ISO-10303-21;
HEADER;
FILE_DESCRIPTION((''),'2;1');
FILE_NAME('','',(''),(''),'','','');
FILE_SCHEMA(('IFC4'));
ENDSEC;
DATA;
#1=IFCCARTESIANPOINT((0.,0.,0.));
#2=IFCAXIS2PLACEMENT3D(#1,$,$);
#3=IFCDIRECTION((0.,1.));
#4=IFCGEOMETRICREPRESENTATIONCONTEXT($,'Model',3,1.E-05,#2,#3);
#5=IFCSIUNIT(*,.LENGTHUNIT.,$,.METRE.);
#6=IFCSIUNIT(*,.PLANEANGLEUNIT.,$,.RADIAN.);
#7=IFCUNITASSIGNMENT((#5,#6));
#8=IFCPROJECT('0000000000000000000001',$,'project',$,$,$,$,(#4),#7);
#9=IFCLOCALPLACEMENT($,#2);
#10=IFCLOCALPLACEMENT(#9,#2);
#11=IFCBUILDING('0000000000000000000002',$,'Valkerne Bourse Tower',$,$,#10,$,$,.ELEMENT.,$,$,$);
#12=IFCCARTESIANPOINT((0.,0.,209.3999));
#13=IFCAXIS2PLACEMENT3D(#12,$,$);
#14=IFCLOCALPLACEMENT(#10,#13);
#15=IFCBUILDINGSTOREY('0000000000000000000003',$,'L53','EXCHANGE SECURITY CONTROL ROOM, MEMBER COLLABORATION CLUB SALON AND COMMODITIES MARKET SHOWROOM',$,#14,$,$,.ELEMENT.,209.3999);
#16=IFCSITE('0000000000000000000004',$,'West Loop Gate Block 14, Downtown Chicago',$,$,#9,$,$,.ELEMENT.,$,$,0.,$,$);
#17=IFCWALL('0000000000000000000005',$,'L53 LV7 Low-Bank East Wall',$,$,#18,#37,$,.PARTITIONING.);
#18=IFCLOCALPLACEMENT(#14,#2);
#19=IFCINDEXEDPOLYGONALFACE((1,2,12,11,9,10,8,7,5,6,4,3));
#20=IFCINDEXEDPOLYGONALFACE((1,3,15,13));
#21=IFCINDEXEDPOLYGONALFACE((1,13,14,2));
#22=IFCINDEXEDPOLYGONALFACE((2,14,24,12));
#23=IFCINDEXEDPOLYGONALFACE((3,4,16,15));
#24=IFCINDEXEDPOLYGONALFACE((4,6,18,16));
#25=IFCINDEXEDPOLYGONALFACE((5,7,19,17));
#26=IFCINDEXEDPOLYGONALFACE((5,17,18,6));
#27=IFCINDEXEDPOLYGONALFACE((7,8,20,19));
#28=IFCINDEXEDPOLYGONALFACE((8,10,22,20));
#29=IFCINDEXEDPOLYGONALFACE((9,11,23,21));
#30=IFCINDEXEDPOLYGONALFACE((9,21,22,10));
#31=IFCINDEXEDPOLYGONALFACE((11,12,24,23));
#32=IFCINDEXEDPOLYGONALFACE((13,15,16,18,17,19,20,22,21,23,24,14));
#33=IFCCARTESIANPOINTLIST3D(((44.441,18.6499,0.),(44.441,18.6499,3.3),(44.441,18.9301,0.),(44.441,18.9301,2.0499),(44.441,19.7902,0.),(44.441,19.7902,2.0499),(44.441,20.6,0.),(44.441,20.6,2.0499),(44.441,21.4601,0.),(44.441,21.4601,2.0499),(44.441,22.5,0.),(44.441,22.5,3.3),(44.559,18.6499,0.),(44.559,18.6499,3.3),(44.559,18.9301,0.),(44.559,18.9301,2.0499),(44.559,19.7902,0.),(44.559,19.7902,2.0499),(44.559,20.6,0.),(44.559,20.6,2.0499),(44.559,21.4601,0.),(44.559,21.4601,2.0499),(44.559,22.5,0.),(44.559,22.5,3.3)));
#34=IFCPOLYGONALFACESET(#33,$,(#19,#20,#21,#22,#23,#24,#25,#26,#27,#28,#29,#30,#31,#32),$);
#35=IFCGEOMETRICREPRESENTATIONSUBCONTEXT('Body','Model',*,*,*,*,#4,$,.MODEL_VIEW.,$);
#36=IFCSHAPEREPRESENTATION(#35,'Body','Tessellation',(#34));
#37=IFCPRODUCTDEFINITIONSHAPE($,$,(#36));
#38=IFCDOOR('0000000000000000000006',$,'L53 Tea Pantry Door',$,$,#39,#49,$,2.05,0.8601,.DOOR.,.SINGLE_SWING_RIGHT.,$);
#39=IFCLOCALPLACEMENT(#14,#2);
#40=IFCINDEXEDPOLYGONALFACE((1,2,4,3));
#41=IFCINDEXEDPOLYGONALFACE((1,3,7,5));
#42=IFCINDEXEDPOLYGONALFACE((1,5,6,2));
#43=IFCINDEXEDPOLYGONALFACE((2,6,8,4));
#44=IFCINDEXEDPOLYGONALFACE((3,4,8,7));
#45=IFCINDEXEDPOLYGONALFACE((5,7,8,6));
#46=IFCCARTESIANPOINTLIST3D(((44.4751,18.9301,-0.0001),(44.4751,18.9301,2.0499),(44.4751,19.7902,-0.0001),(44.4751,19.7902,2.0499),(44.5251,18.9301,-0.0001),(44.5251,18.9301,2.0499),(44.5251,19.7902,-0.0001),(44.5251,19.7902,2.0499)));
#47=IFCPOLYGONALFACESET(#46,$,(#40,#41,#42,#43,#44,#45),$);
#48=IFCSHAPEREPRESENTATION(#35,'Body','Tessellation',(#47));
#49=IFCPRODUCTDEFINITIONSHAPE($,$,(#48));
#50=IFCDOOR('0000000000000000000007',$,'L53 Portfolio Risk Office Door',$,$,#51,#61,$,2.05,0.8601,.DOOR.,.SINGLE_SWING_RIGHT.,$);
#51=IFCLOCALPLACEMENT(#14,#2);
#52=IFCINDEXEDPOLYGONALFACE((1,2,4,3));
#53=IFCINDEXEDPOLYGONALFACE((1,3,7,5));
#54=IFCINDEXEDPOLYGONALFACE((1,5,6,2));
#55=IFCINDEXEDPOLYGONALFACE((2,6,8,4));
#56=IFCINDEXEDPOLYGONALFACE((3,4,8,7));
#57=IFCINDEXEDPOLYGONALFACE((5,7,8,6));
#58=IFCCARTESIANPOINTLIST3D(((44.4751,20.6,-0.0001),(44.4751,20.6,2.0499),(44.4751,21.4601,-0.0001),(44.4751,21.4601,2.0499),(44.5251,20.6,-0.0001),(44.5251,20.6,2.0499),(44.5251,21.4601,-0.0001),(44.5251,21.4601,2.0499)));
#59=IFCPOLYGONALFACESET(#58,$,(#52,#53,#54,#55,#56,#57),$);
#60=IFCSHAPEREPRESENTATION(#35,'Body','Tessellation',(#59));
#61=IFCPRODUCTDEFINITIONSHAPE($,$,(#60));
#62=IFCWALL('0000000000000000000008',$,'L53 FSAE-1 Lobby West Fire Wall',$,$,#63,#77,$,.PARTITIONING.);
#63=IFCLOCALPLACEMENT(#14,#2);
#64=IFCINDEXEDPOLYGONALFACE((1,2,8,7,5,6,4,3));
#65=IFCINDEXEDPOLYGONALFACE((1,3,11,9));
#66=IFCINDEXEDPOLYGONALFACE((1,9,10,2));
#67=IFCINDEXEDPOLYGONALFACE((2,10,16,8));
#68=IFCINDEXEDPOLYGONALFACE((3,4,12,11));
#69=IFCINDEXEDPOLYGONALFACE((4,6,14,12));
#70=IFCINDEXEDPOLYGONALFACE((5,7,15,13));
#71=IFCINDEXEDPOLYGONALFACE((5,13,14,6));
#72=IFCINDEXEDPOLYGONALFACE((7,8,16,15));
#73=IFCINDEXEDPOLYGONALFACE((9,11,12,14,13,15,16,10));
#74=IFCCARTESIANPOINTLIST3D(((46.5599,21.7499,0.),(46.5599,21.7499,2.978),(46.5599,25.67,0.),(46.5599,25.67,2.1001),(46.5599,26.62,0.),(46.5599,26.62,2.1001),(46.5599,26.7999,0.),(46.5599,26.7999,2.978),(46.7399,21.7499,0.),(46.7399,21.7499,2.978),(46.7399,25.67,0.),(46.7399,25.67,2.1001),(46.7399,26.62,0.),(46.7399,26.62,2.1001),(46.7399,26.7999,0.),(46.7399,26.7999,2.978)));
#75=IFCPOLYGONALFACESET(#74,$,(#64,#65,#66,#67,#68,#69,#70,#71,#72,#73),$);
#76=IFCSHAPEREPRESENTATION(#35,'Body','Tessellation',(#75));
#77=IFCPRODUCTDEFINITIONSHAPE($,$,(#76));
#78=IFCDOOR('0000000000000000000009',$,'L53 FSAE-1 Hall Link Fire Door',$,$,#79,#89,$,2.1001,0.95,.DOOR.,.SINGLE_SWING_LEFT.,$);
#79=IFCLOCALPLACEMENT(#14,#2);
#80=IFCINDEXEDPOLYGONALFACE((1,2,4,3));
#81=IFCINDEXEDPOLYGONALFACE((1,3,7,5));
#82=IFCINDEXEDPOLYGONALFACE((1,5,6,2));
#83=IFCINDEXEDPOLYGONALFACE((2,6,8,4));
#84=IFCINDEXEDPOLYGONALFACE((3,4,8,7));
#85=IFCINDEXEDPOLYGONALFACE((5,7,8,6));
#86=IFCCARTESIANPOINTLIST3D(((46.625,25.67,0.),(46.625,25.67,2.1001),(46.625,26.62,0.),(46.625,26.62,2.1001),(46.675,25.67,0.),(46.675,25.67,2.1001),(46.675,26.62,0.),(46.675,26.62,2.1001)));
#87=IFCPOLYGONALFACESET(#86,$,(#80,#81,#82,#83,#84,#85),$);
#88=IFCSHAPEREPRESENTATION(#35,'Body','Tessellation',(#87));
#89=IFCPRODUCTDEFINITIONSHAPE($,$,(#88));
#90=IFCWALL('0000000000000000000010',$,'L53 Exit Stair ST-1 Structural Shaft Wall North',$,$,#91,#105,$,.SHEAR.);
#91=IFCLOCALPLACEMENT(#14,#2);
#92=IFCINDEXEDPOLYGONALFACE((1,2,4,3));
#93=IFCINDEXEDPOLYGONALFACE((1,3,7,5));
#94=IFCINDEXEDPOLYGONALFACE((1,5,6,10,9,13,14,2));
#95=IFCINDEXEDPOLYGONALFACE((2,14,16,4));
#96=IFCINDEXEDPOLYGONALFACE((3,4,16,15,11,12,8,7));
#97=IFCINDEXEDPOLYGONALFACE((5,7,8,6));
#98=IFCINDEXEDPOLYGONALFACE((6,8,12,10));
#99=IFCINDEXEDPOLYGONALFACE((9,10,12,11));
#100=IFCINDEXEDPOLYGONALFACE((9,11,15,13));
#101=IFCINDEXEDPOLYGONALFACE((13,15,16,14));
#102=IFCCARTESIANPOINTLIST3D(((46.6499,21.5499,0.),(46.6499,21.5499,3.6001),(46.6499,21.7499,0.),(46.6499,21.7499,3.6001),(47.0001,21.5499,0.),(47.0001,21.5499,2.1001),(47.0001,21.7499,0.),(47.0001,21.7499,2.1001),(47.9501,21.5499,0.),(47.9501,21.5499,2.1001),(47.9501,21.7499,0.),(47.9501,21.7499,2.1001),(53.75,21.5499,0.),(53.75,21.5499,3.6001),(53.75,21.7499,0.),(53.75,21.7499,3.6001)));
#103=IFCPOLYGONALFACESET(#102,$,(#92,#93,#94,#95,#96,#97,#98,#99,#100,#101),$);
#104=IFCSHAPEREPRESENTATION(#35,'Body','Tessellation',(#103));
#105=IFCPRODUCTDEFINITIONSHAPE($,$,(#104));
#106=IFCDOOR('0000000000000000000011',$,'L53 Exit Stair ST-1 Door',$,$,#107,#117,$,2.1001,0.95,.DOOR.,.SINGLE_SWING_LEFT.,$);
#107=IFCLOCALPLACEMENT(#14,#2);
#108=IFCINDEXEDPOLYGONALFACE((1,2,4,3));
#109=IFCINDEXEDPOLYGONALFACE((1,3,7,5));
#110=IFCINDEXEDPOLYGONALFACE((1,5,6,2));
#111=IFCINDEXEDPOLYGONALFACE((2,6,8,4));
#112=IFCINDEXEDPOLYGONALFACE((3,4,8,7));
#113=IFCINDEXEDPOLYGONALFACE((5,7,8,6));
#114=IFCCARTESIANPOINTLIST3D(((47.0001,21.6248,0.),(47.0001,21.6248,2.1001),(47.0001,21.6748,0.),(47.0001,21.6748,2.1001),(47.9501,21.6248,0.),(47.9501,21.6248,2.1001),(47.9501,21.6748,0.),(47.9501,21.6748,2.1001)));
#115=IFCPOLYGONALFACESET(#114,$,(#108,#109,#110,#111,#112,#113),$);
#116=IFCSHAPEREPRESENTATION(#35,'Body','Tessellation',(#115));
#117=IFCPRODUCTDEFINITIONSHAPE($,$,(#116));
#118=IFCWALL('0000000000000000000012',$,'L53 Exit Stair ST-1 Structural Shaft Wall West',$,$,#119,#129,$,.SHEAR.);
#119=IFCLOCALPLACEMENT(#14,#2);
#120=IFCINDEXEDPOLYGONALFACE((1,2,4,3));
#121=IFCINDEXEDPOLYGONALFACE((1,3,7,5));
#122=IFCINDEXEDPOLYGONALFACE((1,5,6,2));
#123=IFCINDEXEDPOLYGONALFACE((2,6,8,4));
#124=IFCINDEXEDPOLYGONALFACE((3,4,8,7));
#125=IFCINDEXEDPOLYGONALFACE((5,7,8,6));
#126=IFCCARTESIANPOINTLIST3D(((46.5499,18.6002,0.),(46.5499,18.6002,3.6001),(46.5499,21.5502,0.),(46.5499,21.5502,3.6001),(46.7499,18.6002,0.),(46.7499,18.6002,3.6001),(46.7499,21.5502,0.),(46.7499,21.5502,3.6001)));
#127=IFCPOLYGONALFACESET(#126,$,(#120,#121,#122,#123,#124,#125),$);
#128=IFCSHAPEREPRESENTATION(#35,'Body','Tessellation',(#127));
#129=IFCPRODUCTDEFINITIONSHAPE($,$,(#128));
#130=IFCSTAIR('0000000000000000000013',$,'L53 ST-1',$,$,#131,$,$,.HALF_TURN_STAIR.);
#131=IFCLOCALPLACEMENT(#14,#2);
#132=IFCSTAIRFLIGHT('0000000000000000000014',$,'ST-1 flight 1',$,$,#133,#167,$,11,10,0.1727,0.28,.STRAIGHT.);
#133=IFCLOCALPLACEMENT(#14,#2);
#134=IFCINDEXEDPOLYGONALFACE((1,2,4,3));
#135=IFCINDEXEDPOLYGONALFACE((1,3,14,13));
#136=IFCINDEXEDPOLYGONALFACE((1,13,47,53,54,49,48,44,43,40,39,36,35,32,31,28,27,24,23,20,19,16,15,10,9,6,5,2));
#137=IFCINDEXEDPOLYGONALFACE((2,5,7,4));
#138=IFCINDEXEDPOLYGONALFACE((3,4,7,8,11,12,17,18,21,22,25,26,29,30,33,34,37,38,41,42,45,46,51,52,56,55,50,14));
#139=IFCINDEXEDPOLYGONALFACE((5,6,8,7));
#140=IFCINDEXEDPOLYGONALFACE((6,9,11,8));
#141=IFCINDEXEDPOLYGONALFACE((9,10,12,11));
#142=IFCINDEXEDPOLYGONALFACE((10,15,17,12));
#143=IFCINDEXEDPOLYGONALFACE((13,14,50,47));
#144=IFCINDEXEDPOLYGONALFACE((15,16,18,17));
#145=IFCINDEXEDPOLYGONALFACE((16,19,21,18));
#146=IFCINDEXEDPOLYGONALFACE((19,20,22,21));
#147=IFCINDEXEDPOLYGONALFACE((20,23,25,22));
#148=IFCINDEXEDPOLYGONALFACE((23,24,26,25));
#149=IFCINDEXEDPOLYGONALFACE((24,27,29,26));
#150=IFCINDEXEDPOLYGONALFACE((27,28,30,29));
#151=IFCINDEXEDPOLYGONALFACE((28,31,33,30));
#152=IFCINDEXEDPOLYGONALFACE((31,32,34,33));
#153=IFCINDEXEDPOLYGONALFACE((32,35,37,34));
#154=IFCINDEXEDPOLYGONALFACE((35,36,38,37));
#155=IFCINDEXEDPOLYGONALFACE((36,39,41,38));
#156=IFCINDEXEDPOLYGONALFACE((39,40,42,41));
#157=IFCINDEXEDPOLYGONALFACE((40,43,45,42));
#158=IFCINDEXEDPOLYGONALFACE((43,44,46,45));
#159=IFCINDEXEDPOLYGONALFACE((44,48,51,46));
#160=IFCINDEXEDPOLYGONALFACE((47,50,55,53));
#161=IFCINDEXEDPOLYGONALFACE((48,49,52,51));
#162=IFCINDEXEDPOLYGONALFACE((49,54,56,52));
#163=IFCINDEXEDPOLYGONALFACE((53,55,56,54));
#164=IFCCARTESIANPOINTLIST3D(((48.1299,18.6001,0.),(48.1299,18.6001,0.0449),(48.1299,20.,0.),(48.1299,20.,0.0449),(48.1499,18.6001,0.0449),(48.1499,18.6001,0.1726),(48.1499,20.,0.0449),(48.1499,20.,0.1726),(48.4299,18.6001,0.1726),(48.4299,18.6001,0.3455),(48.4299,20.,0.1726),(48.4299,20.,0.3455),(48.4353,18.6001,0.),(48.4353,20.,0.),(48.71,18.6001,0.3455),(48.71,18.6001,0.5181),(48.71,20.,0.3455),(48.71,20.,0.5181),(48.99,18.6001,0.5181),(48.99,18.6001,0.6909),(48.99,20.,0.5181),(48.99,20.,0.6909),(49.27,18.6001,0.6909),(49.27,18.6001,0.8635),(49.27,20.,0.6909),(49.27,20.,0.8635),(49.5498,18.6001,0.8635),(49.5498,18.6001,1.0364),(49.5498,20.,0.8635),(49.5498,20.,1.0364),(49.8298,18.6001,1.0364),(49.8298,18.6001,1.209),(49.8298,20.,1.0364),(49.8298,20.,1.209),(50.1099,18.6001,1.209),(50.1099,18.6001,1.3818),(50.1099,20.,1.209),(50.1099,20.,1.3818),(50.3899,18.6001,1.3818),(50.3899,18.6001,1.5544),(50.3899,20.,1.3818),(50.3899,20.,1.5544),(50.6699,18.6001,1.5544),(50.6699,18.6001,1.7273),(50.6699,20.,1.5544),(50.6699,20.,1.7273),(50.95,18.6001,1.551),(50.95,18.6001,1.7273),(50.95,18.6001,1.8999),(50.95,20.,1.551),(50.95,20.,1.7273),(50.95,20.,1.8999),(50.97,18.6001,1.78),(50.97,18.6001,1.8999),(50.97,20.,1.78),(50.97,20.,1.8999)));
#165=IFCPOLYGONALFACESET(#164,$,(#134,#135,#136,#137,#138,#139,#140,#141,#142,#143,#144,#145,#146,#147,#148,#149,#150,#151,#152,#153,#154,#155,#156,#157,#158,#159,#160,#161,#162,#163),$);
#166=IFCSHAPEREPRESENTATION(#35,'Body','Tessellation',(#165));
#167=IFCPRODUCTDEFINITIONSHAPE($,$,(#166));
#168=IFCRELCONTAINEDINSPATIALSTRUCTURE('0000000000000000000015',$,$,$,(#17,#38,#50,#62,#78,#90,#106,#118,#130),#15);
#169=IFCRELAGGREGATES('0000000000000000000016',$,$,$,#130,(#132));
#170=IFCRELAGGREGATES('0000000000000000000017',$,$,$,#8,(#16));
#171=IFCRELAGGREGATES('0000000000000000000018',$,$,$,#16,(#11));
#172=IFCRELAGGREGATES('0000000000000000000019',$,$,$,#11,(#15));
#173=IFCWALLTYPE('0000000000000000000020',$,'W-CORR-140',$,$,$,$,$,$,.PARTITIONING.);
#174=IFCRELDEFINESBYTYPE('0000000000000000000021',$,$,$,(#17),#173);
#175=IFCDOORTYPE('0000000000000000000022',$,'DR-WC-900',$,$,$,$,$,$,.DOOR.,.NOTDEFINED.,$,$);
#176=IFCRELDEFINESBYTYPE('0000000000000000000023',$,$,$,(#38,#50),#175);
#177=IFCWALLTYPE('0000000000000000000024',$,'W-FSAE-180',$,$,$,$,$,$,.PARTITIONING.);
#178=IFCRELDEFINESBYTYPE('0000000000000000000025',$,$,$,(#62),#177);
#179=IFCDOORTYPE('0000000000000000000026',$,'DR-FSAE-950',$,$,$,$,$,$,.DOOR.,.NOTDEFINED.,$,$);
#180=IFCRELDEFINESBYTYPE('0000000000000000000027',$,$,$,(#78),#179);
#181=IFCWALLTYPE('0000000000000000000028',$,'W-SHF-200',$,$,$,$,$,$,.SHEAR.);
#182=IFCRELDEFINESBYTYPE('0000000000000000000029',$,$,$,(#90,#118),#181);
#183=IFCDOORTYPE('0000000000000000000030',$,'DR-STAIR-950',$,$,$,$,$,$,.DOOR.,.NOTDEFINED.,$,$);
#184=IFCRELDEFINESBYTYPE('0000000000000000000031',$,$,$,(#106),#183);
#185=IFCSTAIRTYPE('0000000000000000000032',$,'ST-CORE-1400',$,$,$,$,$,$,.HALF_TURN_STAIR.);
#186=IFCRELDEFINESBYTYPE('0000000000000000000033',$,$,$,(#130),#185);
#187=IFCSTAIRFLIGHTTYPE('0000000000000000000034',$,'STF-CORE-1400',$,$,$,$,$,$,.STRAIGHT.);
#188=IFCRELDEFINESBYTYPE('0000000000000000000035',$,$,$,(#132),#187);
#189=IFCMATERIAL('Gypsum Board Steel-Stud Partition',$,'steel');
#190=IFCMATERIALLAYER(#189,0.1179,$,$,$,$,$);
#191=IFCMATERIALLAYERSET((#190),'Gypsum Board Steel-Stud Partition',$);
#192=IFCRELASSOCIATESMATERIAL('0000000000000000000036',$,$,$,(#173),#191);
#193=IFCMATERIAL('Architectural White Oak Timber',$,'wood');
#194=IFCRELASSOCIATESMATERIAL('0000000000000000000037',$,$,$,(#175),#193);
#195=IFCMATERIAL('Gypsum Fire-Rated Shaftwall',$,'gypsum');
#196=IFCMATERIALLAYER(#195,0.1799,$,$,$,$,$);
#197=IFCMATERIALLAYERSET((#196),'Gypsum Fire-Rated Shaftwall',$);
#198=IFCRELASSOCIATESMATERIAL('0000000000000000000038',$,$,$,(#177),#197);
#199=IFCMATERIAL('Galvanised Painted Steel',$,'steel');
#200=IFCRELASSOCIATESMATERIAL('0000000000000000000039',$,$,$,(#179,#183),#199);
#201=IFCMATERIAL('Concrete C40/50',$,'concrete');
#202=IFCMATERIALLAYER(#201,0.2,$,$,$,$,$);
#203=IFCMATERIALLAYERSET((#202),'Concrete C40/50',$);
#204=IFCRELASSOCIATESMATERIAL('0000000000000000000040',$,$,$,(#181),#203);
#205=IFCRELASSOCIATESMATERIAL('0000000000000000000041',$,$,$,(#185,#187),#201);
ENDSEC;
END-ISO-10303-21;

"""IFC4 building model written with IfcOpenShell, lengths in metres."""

from ifc_helpers import new_model, si_unit, direction, frame, frame_2d, origin, place, context, subcontext, project, spatial, polyline, rectangle, outline, extrude, material, layer, layer_set, type_object, element, fill, aggregate, save


model = new_model("IFC4")

# Units and contexts
model_context = context("Model", 3, precision=1e-05, world=origin(), true_north=direction((0.0, 1.0)))
body_context = subcontext(model_context, "Body", "Model", "MODEL_VIEW")
ifc_project = project(units=[si_unit("LENGTHUNIT", "METRE"), si_unit("PLANEANGLEUNIT", "RADIAN")], contexts=[model_context])

# Site, building, storey
site_placement = place(None, origin())
site = spatial("IfcSite", under=ifc_project, at=site_placement, Name="West Loop Gate Block 14, Downtown Chicago", CompositionType="ELEMENT", RefElevation=0.0)
building_placement = place(site_placement, origin())
building = spatial("IfcBuilding", under=site, at=building_placement, Name="Valkerne Bourse Tower", CompositionType="ELEMENT")
storey_placement = place(building_placement, frame((0.0, 0.0, 209.3999)))
storey = spatial("IfcBuildingStorey", under=building, at=storey_placement, Name="L53", Description="EXCHANGE SECURITY CONTROL ROOM, MEMBER COLLABORATION CLUB SALON AND COMMODITIES MARKET SHOWROOM", CompositionType="ELEMENT", Elevation=209.3999)

# Wall, openings, doors
ifc_material_1 = material(Name="Gypsum Board Steel-Stud Partition", Category="steel")
ifc_layer_1 = layer(ifc_material_1, 0.1179)
ifc_layer_set_1 = layer_set([ifc_layer_1], Name="Gypsum Board Steel-Stud Partition")
wall_type_1 = type_object("IfcWallType", Name="W-CORR-140", PredefinedType="PARTITIONING", material=ifc_layer_set_1)
wall_1_placement = place(storey_placement, frame((44.5, 18.6499, 0.0), z_axis=(0.0, 0.0, 1.0), x_axis=(0.0, 1.0, 0.0)))
wall_1 = element("IfcWall", 1, at=wall_1_placement, inside=storey, type_object=wall_type_1, Name="L53 LV7 Low-Bank East Wall", PredefinedType="PARTITIONING", context=body_context, shape_type="SweptSolid", body=[
    extrude(rectangle(XDim=3.8501, YDim=0.1179, at=frame_2d((1.925, 0.0))), origin(), (0.0, 0.0, 1.0), 3.3),
])
opening_1_placement = place(wall_1_placement, frame((0.28, 0.0, 0.0)))
opening_1 = element("IfcOpeningElement", 2, at=opening_1_placement, cuts=wall_1, PredefinedType="OPENING", context=body_context, shape_type="SweptSolid", body=[
    extrude(rectangle(XDim=0.8601, YDim=2.05, at=frame_2d((0.4302, 1.0249))), frame((0.0, 0.0688, 0.0), z_axis=(0.0, -1.0, 0.0), x_axis=(1.0, 0.0, 0.0)), (0.0, 0.0, 1.0), 0.1379),
])
opening_2_placement = place(wall_1_placement, frame((1.95, 0.0, 0.0)))
opening_2 = element("IfcOpeningElement", 3, at=opening_2_placement, cuts=wall_1, PredefinedType="OPENING", context=body_context, shape_type="SweptSolid", body=[
    extrude(rectangle(XDim=0.8601, YDim=2.05, at=frame_2d((0.4302, 1.0249))), frame((0.0, 0.0688, 0.0), z_axis=(0.0, -1.0, 0.0), x_axis=(1.0, 0.0, 0.0)), (0.0, 0.0, 1.0), 0.1379),
])
ifc_material_2 = material(Name="Architectural White Oak Timber", Category="wood")
door_type_1 = type_object("IfcDoorType", Name="DR-WC-900", OperationType="NOTDEFINED", PredefinedType="DOOR", material=ifc_material_2)
door_1_placement = place(opening_1_placement, origin())
door_1 = element("IfcDoor", 4, at=door_1_placement, inside=storey, type_object=door_type_1, Name="L53 Tea Pantry Door", OperationType="SINGLE_SWING_RIGHT", OverallHeight=2.05, OverallWidth=0.8601, PredefinedType="DOOR", context=body_context, shape_type="SweptSolid", body=[
    extrude(rectangle(XDim=0.8601, YDim=2.05, at=frame_2d((0.4302, 1.0249))), frame((0.0, 0.0249, 0.0), z_axis=(0.0, -1.0, 0.0), x_axis=(1.0, 0.0, 0.0)), (0.0, 0.0, 1.0), 0.05),
])
fill(opening_1, door_1)
door_2_placement = place(opening_2_placement, origin())
door_2 = element("IfcDoor", 5, at=door_2_placement, inside=storey, type_object=door_type_1, Name="L53 Portfolio Risk Office Door", OperationType="SINGLE_SWING_RIGHT", OverallHeight=2.05, OverallWidth=0.8601, PredefinedType="DOOR", context=body_context, shape_type="SweptSolid", body=[
    extrude(rectangle(XDim=0.8601, YDim=2.05, at=frame_2d((0.4302, 1.0249))), frame((0.0, 0.0249, 0.0), z_axis=(0.0, -1.0, 0.0), x_axis=(1.0, 0.0, 0.0)), (0.0, 0.0, 1.0), 0.05),
])
fill(opening_2, door_2)

# Wall, opening, door
ifc_material_3 = material(Name="Gypsum Fire-Rated Shaftwall", Category="gypsum")
ifc_layer_2 = layer(ifc_material_3, 0.1799)
ifc_layer_set_2 = layer_set([ifc_layer_2], Name="Gypsum Fire-Rated Shaftwall")
wall_type_2 = type_object("IfcWallType", Name="W-FSAE-180", PredefinedType="PARTITIONING", material=ifc_layer_set_2)
wall_2_placement = place(storey_placement, frame((46.6499, 21.75, 0.0), z_axis=(0.0, 0.0, 1.0), x_axis=(0.0, 1.0, 0.0)))
wall_2 = element("IfcWall", 6, at=wall_2_placement, inside=storey, type_object=wall_type_2, Name="L53 FSAE-1 Lobby West Fire Wall", PredefinedType="PARTITIONING", context=body_context, shape_type="SweptSolid", body=[
    extrude(rectangle(XDim=5.05, YDim=0.1799, at=frame_2d((2.5249, 0.0))), origin(), (0.0, 0.0, 1.0), 2.978),
])
opening_3_placement = place(wall_2_placement, frame((3.9199, 0.0, 0.0)))
opening_3 = element("IfcOpeningElement", 7, at=opening_3_placement, cuts=wall_2, PredefinedType="OPENING", context=body_context, shape_type="SweptSolid", body=[
    extrude(rectangle(XDim=0.95, YDim=2.1001, at=frame_2d((0.4751, 1.05))), frame((0.0, 0.0999, 0.0), z_axis=(0.0, -1.0, 0.0), x_axis=(1.0, 0.0, 0.0)), (0.0, 0.0, 1.0), 0.2),
])
ifc_material_4 = material(Name="Galvanised Painted Steel", Category="steel")
door_type_2 = type_object("IfcDoorType", Name="DR-FSAE-950", OperationType="NOTDEFINED", PredefinedType="DOOR", material=ifc_material_4)
door_3_placement = place(opening_3_placement, origin())
door_3 = element("IfcDoor", 8, at=door_3_placement, inside=storey, type_object=door_type_2, Name="L53 FSAE-1 Hall Link Fire Door", OperationType="SINGLE_SWING_LEFT", OverallHeight=2.1001, OverallWidth=0.95, PredefinedType="DOOR", context=body_context, shape_type="SweptSolid", body=[
    extrude(rectangle(XDim=0.95, YDim=2.1001, at=frame_2d((0.4751, 1.05))), frame((0.0, 0.0249, 0.0), z_axis=(0.0, -1.0, 0.0), x_axis=(1.0, 0.0, 0.0)), (0.0, 0.0, 1.0), 0.05),
])
fill(opening_3, door_3)

# Wall, opening, door
ifc_material_5 = material(Name="Concrete C40/50", Category="concrete")
ifc_layer_3 = layer(ifc_material_5, 0.2)
ifc_layer_set_3 = layer_set([ifc_layer_3], Name="Concrete C40/50")
wall_type_3 = type_object("IfcWallType", Name="W-SHF-200", PredefinedType="SHEAR", material=ifc_layer_set_3)
wall_3_placement = place(storey_placement, frame((46.6499, 21.6499, 0.0), z_axis=(0.0, 0.0, 1.0), x_axis=(1.0, 0.0, 0.0)))
wall_3 = element("IfcWall", 9, at=wall_3_placement, inside=storey, type_object=wall_type_3, Name="L53 Exit Stair ST-1 Structural Shaft Wall North", PredefinedType="SHEAR", context=body_context, shape_type="SweptSolid", body=[
    extrude(rectangle(XDim=7.1001, YDim=0.2, at=frame_2d((3.55, 0.0))), origin(), (0.0, 0.0, 1.0), 3.6001),
])
opening_4_placement = place(wall_3_placement, frame((0.3501, 0.0, 0.0)))
opening_4 = element("IfcOpeningElement", 10, at=opening_4_placement, cuts=wall_3, PredefinedType="OPENING", context=body_context, shape_type="SweptSolid", body=[
    extrude(rectangle(XDim=0.95, YDim=2.1001, at=frame_2d((0.4751, 1.05))), frame((0.0, 0.1099, 0.0), z_axis=(0.0, -1.0, 0.0), x_axis=(1.0, 0.0, 0.0)), (0.0, 0.0, 1.0), 0.22),
])
door_type_3 = type_object("IfcDoorType", Name="DR-STAIR-950", OperationType="NOTDEFINED", PredefinedType="DOOR", material=ifc_material_4)
door_4_placement = place(opening_4_placement, origin())
door_4 = element("IfcDoor", 11, at=door_4_placement, inside=storey, type_object=door_type_3, Name="L53 Exit Stair ST-1 Door", OperationType="SINGLE_SWING_LEFT", OverallHeight=2.1001, OverallWidth=0.95, PredefinedType="DOOR", context=body_context, shape_type="SweptSolid", body=[
    extrude(rectangle(XDim=0.95, YDim=2.1001, at=frame_2d((0.4751, 1.05))), frame((0.0, 0.0249, 0.0), z_axis=(0.0, -1.0, 0.0), x_axis=(1.0, 0.0, 0.0)), (0.0, 0.0, 1.0), 0.05),
])
fill(opening_4, door_4)

# Wall
wall_4_placement = place(storey_placement, frame((46.6499, 18.6001, 0.0), z_axis=(0.0, 0.0, 1.0), x_axis=(0.0, 1.0, 0.0)))
element("IfcWall", 12, at=wall_4_placement, inside=storey, type_object=wall_type_3, Name="L53 Exit Stair ST-1 Structural Shaft Wall West", PredefinedType="SHEAR", context=body_context, shape_type="SweptSolid", body=[
    extrude(rectangle(XDim=2.95, YDim=0.2, at=frame_2d((1.4751, 0.0))), origin(), (0.0, 0.0, 1.0), 3.6001),
])

# Stair, stair flight
stair_type = type_object("IfcStairType", Name="ST-CORE-1400", PredefinedType="HALF_TURN_STAIR", material=ifc_material_5)
stair_placement = place(storey_placement, origin())
stair = element("IfcStair", 13, at=stair_placement, inside=storey, type_object=stair_type, Name="L53 ST-1", PredefinedType="HALF_TURN_STAIR")
stair_flight_type = type_object("IfcStairFlightType", Name="STF-CORE-1400", PredefinedType="STRAIGHT", material=ifc_material_5)
stair_flight_1_placement = place(storey_placement, frame((48.1499, 19.3, 0.0), z_axis=(0.0, 0.0, 1.0), x_axis=(1.0, 0.0, 0.0)))
stair_flight_1 = element("IfcStairFlight", 14, at=stair_flight_1_placement, type_object=stair_flight_type, Name="ST-1 flight 1", NumberOfRisers=11, NumberOfTreads=10, PredefinedType="STRAIGHT", RiserHeight=0.1727, TreadLength=0.28, context=body_context, shape_type="SweptSolid", body=[
    extrude(outline(polyline([(-0.02, 0.0), (-0.02, 0.0449), (0.0, 0.0449), (0.0, 0.1726), (0.28, 0.1726), (0.28, 0.3455), (0.5601, 0.3455), (0.5601, 0.5181), (0.8401, 0.5181), (0.8401, 0.6909), (1.1201, 0.6909), (1.1201, 0.8635), (1.3999, 0.8635), (1.3999, 1.0364), (1.6799, 1.0364), (1.6799, 1.209), (1.96, 1.209), (1.96, 1.3818), (2.24, 1.3818), (2.24, 1.5544), (2.52, 1.5544), (2.52, 1.7273), (2.8, 1.7273), (2.8, 1.8999), (2.8201, 1.8999), (2.8201, 1.78), (2.8, 1.551), (0.2854, 0.0), (-0.02, 0.0)])), frame((0.0, 0.7, 0.0), z_axis=(0.0, -1.0, 0.0), x_axis=(1.0, 0.0, 0.0)), (0.0, 0.0, 1.0), 1.3999),
])
aggregate(stair, [stair_flight_1])

save(model, "model.ifc")
